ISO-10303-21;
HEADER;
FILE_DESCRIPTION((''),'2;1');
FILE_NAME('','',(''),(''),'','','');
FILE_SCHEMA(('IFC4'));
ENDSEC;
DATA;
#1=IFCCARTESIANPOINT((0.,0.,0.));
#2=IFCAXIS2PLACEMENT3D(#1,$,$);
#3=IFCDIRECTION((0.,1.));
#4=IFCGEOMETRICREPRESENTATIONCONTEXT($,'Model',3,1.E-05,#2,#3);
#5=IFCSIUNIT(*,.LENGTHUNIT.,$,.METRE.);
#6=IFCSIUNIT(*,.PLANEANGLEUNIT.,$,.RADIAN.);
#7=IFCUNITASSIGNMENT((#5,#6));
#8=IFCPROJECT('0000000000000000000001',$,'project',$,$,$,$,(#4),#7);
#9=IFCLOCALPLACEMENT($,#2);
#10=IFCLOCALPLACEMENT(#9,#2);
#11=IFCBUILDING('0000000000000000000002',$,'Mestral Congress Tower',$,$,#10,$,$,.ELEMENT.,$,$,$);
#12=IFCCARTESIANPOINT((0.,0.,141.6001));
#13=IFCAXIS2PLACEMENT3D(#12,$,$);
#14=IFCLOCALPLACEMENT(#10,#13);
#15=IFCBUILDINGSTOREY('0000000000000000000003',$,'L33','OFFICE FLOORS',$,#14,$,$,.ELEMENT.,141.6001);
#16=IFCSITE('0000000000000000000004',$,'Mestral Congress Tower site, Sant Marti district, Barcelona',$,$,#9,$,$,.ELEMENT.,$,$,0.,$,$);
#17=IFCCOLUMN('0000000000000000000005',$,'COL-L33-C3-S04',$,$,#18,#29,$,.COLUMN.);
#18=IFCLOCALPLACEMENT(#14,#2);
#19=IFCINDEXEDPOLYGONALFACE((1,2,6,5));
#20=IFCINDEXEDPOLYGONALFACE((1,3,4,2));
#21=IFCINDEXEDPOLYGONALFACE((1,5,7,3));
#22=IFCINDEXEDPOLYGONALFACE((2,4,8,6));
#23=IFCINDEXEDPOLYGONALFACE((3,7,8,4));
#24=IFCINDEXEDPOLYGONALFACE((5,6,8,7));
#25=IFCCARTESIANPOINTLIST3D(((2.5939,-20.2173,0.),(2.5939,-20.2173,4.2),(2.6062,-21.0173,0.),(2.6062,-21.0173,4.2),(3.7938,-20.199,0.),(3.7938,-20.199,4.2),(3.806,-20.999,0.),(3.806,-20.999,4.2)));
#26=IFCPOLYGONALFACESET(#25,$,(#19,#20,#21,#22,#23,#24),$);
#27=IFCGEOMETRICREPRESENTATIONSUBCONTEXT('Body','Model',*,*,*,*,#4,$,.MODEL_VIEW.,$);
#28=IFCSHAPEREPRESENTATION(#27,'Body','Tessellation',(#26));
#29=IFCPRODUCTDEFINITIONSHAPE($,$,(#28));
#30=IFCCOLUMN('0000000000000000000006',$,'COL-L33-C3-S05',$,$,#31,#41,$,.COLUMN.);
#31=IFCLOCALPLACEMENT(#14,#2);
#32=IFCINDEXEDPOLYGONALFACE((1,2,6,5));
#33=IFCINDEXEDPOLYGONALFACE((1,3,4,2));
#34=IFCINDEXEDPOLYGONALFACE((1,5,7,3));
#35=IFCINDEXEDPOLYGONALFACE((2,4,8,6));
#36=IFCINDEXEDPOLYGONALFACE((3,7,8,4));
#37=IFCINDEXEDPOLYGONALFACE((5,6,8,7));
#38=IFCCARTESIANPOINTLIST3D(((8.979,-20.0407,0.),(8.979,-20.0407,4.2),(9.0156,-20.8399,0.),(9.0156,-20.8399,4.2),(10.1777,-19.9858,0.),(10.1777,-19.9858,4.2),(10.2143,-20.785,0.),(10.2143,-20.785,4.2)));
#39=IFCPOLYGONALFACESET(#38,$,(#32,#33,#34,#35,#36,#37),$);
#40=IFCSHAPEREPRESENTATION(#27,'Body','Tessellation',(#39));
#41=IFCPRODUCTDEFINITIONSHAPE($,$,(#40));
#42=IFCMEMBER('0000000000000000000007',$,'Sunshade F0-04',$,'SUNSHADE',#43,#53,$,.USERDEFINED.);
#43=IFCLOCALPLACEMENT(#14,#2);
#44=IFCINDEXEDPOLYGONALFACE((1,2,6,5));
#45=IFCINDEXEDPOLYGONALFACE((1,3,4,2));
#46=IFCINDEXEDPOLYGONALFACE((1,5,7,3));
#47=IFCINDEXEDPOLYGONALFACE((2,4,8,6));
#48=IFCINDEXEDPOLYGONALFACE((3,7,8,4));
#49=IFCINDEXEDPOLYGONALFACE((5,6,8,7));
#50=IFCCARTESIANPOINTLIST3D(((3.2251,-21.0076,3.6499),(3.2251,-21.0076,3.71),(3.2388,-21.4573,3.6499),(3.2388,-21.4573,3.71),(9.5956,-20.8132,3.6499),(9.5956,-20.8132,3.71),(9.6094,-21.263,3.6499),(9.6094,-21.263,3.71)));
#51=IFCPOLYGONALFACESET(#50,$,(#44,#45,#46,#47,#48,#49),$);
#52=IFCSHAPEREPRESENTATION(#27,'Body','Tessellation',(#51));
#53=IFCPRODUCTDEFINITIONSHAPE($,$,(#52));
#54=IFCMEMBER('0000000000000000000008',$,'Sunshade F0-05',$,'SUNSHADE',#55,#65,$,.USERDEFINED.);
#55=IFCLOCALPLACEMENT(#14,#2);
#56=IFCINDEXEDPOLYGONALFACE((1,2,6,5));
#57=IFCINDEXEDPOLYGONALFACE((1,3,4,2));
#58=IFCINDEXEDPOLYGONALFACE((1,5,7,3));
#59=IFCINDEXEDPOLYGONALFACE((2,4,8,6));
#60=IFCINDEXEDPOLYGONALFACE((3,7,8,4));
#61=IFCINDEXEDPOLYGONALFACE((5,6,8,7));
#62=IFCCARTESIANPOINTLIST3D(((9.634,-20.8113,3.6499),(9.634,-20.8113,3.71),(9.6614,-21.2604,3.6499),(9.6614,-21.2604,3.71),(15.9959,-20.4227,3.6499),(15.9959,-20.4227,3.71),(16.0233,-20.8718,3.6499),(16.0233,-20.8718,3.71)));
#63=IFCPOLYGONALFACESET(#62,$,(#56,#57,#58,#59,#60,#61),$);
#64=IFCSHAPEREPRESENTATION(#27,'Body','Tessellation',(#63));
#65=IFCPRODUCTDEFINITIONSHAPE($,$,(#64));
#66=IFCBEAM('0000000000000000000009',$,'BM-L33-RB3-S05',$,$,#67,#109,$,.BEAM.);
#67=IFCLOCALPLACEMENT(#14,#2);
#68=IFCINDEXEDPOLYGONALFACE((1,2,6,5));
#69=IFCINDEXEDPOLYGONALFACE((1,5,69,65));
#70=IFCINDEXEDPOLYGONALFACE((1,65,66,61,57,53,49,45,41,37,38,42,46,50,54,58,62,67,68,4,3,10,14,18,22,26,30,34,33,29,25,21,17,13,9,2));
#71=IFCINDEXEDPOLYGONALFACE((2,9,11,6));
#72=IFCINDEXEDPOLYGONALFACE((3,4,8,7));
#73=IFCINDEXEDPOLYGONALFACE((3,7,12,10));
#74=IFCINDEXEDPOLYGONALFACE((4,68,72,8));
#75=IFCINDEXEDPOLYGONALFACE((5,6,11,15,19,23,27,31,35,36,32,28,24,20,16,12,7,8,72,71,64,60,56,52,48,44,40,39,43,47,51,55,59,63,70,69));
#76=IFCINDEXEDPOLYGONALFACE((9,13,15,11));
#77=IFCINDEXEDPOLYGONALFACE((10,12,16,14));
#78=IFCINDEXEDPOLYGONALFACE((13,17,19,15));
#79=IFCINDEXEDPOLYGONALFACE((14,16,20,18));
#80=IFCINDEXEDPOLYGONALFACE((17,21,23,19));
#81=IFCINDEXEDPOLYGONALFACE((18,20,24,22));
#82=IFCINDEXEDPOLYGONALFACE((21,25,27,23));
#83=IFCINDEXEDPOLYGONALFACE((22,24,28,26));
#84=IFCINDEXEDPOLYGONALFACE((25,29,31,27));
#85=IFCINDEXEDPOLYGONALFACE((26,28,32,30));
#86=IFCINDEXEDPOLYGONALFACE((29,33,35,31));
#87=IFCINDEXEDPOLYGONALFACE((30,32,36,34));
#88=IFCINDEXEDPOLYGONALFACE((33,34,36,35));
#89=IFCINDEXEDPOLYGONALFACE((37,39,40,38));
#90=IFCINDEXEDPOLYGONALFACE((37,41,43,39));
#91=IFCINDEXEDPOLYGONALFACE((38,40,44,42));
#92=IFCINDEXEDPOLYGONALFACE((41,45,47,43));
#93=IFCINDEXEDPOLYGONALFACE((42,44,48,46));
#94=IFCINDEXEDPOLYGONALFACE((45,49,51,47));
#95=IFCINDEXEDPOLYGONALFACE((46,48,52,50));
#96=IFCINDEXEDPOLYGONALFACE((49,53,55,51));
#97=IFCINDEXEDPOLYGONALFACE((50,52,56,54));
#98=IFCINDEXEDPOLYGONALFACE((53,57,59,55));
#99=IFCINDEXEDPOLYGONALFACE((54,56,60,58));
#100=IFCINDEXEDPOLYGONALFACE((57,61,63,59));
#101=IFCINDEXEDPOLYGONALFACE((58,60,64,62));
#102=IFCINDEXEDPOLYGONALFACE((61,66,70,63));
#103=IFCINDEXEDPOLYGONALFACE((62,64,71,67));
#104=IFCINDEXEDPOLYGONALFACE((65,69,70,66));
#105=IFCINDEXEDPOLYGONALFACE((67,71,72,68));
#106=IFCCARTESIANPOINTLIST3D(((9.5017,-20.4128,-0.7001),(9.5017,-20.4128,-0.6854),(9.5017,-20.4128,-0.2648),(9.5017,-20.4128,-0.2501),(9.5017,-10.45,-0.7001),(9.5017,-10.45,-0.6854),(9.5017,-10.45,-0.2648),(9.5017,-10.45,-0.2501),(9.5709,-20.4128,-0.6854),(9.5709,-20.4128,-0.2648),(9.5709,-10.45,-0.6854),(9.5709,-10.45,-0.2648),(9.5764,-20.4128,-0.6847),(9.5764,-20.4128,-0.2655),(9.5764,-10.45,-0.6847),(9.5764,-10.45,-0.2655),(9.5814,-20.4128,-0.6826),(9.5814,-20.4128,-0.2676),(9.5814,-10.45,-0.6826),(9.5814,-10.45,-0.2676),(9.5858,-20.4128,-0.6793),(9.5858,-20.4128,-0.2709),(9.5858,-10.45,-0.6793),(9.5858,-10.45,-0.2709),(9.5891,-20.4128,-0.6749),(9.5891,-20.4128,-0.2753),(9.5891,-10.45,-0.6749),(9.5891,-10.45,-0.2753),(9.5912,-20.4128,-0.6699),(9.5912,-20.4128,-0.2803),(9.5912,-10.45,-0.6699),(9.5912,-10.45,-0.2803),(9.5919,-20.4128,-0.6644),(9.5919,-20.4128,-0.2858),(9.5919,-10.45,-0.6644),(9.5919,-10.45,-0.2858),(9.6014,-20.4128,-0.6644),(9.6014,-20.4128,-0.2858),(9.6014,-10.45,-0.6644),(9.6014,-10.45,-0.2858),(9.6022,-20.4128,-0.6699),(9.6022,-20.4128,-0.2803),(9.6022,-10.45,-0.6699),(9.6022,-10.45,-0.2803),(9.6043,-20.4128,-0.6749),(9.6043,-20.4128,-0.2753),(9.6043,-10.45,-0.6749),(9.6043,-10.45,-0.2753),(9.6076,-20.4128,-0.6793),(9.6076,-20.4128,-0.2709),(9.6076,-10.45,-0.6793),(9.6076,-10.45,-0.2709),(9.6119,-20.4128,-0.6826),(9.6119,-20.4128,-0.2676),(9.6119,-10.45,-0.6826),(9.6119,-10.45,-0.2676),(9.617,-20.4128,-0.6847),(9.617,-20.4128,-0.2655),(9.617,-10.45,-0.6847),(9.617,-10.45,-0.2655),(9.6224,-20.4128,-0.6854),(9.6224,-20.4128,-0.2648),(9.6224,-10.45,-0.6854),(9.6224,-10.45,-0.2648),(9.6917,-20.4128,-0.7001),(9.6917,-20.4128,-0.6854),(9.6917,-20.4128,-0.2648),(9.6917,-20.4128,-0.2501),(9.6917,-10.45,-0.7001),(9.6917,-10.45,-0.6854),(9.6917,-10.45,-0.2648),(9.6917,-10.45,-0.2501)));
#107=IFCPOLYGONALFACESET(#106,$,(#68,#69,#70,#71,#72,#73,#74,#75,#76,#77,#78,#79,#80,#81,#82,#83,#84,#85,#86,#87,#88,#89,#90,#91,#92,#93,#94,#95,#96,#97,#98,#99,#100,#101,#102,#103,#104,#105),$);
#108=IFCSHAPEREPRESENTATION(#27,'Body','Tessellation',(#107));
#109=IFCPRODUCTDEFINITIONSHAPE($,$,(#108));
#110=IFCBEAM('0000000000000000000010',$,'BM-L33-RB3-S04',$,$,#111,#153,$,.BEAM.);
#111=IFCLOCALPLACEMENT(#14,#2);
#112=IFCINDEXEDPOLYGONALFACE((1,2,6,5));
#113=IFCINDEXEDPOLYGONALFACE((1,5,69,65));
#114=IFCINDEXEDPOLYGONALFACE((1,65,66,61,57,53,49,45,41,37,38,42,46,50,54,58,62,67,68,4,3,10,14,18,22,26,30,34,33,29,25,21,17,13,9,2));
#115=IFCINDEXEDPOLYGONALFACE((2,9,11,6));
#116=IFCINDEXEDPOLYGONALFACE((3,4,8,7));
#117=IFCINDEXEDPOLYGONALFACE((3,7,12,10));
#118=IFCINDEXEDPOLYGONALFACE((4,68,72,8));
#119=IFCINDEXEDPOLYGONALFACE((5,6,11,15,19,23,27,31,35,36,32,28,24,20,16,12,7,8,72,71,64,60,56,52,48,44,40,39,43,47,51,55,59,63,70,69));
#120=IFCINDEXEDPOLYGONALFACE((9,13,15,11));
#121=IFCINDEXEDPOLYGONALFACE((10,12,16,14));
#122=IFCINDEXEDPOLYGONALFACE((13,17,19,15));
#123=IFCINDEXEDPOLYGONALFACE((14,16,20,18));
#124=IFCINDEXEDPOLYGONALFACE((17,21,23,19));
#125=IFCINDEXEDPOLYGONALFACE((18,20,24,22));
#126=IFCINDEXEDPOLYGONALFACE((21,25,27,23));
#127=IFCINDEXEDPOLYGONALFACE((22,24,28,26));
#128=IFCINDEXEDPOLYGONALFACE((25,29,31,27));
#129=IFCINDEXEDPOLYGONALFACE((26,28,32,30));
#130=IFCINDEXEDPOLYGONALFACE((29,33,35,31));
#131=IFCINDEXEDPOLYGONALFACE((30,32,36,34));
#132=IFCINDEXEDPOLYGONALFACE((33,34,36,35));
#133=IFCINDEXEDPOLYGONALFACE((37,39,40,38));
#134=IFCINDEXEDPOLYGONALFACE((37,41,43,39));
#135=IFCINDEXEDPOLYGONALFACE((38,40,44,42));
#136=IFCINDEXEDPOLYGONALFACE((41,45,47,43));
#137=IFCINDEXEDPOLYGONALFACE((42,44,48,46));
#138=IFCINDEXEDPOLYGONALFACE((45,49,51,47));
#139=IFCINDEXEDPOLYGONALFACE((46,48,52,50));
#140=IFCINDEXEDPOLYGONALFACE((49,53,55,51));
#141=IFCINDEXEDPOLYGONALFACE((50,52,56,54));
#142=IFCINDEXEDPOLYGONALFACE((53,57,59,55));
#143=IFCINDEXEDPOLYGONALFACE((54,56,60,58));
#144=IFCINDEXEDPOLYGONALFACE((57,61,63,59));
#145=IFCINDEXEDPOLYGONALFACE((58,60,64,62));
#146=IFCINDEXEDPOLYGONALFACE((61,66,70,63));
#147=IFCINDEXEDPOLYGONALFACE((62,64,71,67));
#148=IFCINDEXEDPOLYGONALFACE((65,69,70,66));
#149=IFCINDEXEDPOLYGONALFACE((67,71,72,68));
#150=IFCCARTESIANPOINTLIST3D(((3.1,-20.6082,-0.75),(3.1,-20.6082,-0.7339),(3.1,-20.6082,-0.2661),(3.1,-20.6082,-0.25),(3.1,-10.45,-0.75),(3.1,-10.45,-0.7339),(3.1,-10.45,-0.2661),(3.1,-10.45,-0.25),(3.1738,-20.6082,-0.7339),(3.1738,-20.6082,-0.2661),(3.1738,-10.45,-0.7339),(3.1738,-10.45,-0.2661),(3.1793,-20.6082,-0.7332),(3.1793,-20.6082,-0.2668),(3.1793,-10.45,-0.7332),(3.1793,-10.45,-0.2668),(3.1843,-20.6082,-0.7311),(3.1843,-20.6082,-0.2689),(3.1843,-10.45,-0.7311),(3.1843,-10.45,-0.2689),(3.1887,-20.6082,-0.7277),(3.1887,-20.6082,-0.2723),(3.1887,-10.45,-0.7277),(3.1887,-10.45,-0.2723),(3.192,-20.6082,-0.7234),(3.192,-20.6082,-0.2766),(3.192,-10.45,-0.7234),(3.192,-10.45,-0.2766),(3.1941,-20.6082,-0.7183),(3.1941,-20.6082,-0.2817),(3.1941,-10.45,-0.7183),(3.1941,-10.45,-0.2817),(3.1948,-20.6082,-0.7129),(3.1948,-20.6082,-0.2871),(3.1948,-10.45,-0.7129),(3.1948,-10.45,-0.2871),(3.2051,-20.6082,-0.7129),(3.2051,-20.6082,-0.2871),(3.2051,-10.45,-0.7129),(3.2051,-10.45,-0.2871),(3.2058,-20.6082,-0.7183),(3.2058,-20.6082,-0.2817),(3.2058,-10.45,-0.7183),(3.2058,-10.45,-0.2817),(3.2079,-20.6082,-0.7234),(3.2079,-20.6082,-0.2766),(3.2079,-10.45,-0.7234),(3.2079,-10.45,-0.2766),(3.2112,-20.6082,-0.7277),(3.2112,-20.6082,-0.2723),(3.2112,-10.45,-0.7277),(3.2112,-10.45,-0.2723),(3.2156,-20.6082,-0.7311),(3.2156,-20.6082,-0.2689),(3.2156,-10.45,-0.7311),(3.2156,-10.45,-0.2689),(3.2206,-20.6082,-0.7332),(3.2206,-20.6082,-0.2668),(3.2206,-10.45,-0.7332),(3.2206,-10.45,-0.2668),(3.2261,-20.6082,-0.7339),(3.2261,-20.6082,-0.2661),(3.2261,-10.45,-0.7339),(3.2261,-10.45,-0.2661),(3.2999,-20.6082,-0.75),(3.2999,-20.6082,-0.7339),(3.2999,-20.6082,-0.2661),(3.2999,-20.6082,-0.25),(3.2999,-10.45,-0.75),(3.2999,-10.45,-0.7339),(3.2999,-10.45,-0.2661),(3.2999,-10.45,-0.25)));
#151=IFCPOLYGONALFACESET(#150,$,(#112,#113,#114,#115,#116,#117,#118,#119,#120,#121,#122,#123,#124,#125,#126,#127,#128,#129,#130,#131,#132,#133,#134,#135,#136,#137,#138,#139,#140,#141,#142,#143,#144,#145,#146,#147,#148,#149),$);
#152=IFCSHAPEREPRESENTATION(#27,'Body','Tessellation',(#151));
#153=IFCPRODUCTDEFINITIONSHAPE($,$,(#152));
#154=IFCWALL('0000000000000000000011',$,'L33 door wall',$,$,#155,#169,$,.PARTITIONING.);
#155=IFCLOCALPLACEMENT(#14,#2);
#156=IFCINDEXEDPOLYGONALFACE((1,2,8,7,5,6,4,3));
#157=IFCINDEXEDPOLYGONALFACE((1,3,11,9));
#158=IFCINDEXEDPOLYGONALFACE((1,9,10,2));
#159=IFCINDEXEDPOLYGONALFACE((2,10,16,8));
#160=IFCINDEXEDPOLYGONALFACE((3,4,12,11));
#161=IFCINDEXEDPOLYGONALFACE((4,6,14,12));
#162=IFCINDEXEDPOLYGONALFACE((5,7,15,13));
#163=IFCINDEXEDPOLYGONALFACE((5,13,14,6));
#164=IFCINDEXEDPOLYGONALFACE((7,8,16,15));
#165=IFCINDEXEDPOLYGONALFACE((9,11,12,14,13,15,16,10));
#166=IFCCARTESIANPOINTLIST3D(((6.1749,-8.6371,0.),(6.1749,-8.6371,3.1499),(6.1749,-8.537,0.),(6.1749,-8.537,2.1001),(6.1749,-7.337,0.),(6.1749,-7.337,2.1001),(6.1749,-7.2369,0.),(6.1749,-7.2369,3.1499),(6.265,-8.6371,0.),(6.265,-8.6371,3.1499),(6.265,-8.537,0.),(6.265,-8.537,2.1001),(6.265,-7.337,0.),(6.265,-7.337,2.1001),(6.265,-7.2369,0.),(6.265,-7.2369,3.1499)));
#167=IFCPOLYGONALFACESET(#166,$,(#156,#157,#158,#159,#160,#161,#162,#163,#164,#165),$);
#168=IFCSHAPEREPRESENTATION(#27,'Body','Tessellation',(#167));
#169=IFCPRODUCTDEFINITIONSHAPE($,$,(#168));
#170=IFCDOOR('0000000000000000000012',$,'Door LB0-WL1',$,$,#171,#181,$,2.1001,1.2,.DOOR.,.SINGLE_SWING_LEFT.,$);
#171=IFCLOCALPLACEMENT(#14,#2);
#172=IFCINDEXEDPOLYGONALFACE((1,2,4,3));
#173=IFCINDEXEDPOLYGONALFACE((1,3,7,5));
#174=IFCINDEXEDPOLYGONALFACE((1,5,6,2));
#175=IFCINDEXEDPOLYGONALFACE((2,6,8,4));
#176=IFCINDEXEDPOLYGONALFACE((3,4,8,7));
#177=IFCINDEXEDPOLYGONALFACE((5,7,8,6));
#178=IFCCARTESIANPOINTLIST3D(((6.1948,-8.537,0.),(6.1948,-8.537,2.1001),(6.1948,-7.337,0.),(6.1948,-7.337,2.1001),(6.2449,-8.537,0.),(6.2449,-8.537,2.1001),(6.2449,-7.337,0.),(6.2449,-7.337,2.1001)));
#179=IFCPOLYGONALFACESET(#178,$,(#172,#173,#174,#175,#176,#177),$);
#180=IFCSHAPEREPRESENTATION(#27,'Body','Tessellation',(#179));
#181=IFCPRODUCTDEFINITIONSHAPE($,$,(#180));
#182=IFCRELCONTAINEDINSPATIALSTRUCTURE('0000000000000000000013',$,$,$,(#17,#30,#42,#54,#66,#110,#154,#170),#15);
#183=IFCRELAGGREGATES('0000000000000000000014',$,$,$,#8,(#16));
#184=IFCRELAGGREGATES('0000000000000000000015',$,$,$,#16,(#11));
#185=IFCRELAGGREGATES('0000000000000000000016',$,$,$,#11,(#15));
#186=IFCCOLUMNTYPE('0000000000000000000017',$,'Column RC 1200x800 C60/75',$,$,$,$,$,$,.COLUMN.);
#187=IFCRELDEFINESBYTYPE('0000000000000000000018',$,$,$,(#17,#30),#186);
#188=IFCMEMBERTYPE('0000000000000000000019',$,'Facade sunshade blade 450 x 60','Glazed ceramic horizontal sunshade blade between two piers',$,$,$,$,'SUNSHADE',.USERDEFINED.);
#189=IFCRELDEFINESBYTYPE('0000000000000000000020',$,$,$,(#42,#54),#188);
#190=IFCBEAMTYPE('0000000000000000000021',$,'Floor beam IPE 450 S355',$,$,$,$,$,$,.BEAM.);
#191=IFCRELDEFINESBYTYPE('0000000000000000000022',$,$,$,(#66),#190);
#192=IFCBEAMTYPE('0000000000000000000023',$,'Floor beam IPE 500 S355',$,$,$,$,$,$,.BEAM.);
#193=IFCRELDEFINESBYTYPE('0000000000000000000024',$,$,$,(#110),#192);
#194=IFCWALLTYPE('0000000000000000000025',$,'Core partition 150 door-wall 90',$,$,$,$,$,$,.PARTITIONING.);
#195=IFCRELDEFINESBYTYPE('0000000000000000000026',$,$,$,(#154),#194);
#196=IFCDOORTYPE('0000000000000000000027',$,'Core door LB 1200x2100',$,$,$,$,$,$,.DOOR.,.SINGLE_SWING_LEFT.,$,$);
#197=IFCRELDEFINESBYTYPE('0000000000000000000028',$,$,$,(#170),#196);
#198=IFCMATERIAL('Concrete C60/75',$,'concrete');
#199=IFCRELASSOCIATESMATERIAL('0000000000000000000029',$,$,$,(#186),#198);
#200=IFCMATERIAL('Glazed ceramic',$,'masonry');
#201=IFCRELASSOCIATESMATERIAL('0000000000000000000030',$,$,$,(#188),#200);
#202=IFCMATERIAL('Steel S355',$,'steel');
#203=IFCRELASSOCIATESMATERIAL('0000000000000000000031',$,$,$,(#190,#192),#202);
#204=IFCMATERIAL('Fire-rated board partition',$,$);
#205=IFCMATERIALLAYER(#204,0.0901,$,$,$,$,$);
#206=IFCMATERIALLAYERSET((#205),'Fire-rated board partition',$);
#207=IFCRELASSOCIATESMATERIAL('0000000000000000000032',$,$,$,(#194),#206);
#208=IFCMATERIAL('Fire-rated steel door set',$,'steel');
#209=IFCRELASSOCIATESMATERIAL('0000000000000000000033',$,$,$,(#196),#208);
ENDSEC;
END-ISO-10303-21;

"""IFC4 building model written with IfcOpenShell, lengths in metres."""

from ifc_helpers import new_model, si_unit, direction, frame, frame_2d, origin, origin_2d, place, context, subcontext, project, spatial, rectangle, i_section, extrude, material, layer, layer_set, material_profile, profile_set, type_object, element, fill, save


model = new_model("IFC4")

# Units and contexts
model_context = context("Model", 3, precision=1e-05, world=origin(), true_north=direction((0.0, 1.0)))
body_context = subcontext(model_context, "Body", "Model", "MODEL_VIEW")
ifc_project = project(units=[si_unit("LENGTHUNIT", "METRE"), si_unit("PLANEANGLEUNIT", "RADIAN")], contexts=[model_context])

# Site, building, storey
site_placement = place(None, origin())
site = spatial("IfcSite", under=ifc_project, at=site_placement, Name="Mestral Congress Tower site, Sant Marti district, Barcelona", CompositionType="ELEMENT", RefElevation=0.0)
building_placement = place(site_placement, origin())
building = spatial("IfcBuilding", under=site, at=building_placement, Name="Mestral Congress Tower", CompositionType="ELEMENT")
storey_placement = place(building_placement, frame((0.0, 0.0, 141.6001)))
storey = spatial("IfcBuildingStorey", under=building, at=storey_placement, Name="L33", Description="OFFICE FLOORS", CompositionType="ELEMENT", Elevation=141.6001)

# Columns
ifc_material_1 = material(Name="Concrete C60/75", Category="concrete")
ifc_material_profile_1 = material_profile(ifc_material_1, rectangle(XDim=1.2, YDim=0.8, at=origin_2d()), Name="RC 1200x800")
ifc_profile_set_1 = profile_set([ifc_material_profile_1], Name="Concrete C60/75")
column_type = type_object("IfcColumnType", Name="Column RC 1200x800 C60/75", PredefinedType="COLUMN", material=ifc_profile_set_1)
for number, where, z_axis, x_axis, name in (
    (1, (3.2, -20.6082, 0.0), (0.0, 0.0, 1.0), (0.999884, 0.015262, 0.0), "COL-L33-C3-S04"),
    (2, (9.5967, -20.4128, 0.0), (0.0, 0.0, 1.0), (0.998952, 0.045771, 0.0), "COL-L33-C3-S05"),
):
    element("IfcColumn", number, at=place(storey_placement, frame(where, z_axis=z_axis, x_axis=x_axis)), inside=storey, type_object=column_type, Name=name, PredefinedType="COLUMN", context=body_context, shape_type="SweptSolid", body=[
        extrude(rectangle(XDim=1.2, YDim=0.8, at=origin_2d()), origin(), (0.0, 0.0, 1.0), 4.2),
    ])

# Members
ifc_material_2 = material(Name="Glazed ceramic", Category="masonry")
ifc_material_profile_2 = material_profile(ifc_material_2, rectangle(XDim=0.45, YDim=0.0601, at=origin_2d()), Name="Ceramic blade 450 x 60")
ifc_profile_set_2 = profile_set([ifc_material_profile_2], Name="Glazed ceramic")
member_type = type_object("IfcMemberType", Name="Facade sunshade blade 450 x 60", Description="Glazed ceramic horizontal sunshade blade between two piers", ElementType="SUNSHADE", PredefinedType="USERDEFINED", material=ifc_profile_set_2)
member_1_placement = place(storey_placement, frame((3.2319, -21.2324, 3.6799), z_axis=(0.999535, 0.030491, 0.0), x_axis=(-0.030491, 0.999535, 0.0)))
element("IfcMember", 3, at=member_1_placement, inside=storey, type_object=member_type, Name="Sunshade F0-04", ObjectType="SUNSHADE", PredefinedType="USERDEFINED", context=body_context, shape_type="SweptSolid", body=[
    extrude(rectangle(XDim=0.45, YDim=0.0601, at=origin_2d()), origin(), (0.0, 0.0, 1.0), 6.3735),
])
member_2_placement = place(storey_placement, frame((9.6477, -21.0359, 3.6799), z_axis=(0.998139, 0.060981, 0.0), x_axis=(-0.060981, 0.998139, 0.0)))
element("IfcMember", 4, at=member_2_placement, inside=storey, type_object=member_type, Name="Sunshade F0-05", ObjectType="SUNSHADE", PredefinedType="USERDEFINED", context=body_context, shape_type="SweptSolid", body=[
    extrude(rectangle(XDim=0.45, YDim=0.0601, at=origin_2d()), origin(), (0.0, 0.0, 1.0), 6.3738),
])

# Beams
ifc_material_3 = material(Name="Steel S355", Category="steel")
ifc_material_profile_3 = material_profile(ifc_material_3, i_section(OverallWidth=0.1899, OverallDepth=0.45, WebThickness=0.0095, FlangeThickness=0.0146, FilletRadius=0.021, at=origin_2d()), Name="IPE 450")
ifc_profile_set_3 = profile_set([ifc_material_profile_3], Name="Steel S355")
beam_type_1 = type_object("IfcBeamType", Name="Floor beam IPE 450 S355", PredefinedType="BEAM", material=ifc_profile_set_3)
beam_1_placement = place(storey_placement, frame((9.5967, -20.4128, -0.4751), z_axis=(0.0, 1.0, 0.0), x_axis=(-1.0, 0.0, 0.0)))
element("IfcBeam", 5, at=beam_1_placement, inside=storey, type_object=beam_type_1, Name="BM-L33-RB3-S05", PredefinedType="BEAM", context=body_context, shape_type="SweptSolid", body=[
    extrude(i_section(OverallWidth=0.1899, OverallDepth=0.45, WebThickness=0.0095, FlangeThickness=0.0146, FilletRadius=0.021, at=origin_2d()), origin(), (0.0, 0.0, 1.0), 9.9629),
])
ifc_material_profile_4 = material_profile(ifc_material_3, i_section(OverallWidth=0.2, OverallDepth=0.5, WebThickness=0.0103, FlangeThickness=0.0161, FilletRadius=0.021, at=origin_2d()), Name="IPE 500")
ifc_profile_set_4 = profile_set([ifc_material_profile_4], Name="Steel S355")
beam_type_2 = type_object("IfcBeamType", Name="Floor beam IPE 500 S355", PredefinedType="BEAM", material=ifc_profile_set_4)
beam_2_placement = place(storey_placement, frame((3.2, -20.6082, -0.5), z_axis=(0.0, 1.0, 0.0), x_axis=(-1.0, 0.0, 0.0)))
element("IfcBeam", 6, at=beam_2_placement, inside=storey, type_object=beam_type_2, Name="BM-L33-RB3-S04", PredefinedType="BEAM", context=body_context, shape_type="SweptSolid", body=[
    extrude(i_section(OverallWidth=0.2, OverallDepth=0.5, WebThickness=0.0103, FlangeThickness=0.0161, FilletRadius=0.021, at=origin_2d()), origin(), (0.0, 0.0, 1.0), 10.1582),
])

# Wall, opening, door
ifc_material_4 = material(Name="Fire-rated board partition")
ifc_layer_1 = layer(ifc_material_4, 0.0901)
ifc_layer_set_1 = layer_set([ifc_layer_1], Name="Fire-rated board partition")
wall_type_1 = type_object("IfcWallType", Name="Core partition 150 door-wall 90", PredefinedType="PARTITIONING", material=ifc_layer_set_1)
wall_1_placement = place(storey_placement, frame((6.22, -7.2368, 0.0), z_axis=(0.0, 0.0, 1.0), x_axis=(0.0, -1.0, 0.0)))
wall_1 = element("IfcWall", 7, at=wall_1_placement, inside=storey, type_object=wall_type_1, Name="L33 door wall", PredefinedType="PARTITIONING", context=body_context, shape_type="SweptSolid", body=[
    extrude(rectangle(XDim=1.4001, YDim=0.0901, at=frame_2d((0.7002, 0.0))), origin(), (0.0, 0.0, 1.0), 3.1499),
])
opening_1_placement = place(wall_1_placement, frame((0.1001, 0.0, 0.0)))
opening_1 = element("IfcOpeningElement", 8, at=opening_1_placement, cuts=wall_1, PredefinedType="OPENING", context=body_context, shape_type="SweptSolid", body=[
    extrude(rectangle(XDim=1.2, YDim=2.1001, at=frame_2d((0.6001, 1.05))), frame((0.0, 0.0549, 0.0), z_axis=(0.0, -1.0, 0.0), x_axis=(1.0, 0.0, 0.0)), (0.0, 0.0, 1.0), 0.1101),
])
ifc_material_5 = material(Name="Fire-rated steel door set", Category="steel")
door_type_1 = type_object("IfcDoorType", Name="Core door LB 1200x2100", OperationType="SINGLE_SWING_LEFT", PredefinedType="DOOR", material=ifc_material_5)
door_1_placement = place(opening_1_placement, origin())
door_1 = element("IfcDoor", 9, at=door_1_placement, inside=storey, type_object=door_type_1, Name="Door LB0-WL1", OperationType="SINGLE_SWING_LEFT", OverallHeight=2.1001, OverallWidth=1.2, PredefinedType="DOOR", context=body_context, shape_type="SweptSolid", body=[
    extrude(rectangle(XDim=1.2, YDim=2.1001, at=frame_2d((0.6001, 1.05))), frame((0.0, 0.0249, 0.0), z_axis=(0.0, -1.0, 0.0), x_axis=(1.0, 0.0, 0.0)), (0.0, 0.0, 1.0), 0.05),
])
fill(opening_1, door_1)

save(model, "model.ifc")
